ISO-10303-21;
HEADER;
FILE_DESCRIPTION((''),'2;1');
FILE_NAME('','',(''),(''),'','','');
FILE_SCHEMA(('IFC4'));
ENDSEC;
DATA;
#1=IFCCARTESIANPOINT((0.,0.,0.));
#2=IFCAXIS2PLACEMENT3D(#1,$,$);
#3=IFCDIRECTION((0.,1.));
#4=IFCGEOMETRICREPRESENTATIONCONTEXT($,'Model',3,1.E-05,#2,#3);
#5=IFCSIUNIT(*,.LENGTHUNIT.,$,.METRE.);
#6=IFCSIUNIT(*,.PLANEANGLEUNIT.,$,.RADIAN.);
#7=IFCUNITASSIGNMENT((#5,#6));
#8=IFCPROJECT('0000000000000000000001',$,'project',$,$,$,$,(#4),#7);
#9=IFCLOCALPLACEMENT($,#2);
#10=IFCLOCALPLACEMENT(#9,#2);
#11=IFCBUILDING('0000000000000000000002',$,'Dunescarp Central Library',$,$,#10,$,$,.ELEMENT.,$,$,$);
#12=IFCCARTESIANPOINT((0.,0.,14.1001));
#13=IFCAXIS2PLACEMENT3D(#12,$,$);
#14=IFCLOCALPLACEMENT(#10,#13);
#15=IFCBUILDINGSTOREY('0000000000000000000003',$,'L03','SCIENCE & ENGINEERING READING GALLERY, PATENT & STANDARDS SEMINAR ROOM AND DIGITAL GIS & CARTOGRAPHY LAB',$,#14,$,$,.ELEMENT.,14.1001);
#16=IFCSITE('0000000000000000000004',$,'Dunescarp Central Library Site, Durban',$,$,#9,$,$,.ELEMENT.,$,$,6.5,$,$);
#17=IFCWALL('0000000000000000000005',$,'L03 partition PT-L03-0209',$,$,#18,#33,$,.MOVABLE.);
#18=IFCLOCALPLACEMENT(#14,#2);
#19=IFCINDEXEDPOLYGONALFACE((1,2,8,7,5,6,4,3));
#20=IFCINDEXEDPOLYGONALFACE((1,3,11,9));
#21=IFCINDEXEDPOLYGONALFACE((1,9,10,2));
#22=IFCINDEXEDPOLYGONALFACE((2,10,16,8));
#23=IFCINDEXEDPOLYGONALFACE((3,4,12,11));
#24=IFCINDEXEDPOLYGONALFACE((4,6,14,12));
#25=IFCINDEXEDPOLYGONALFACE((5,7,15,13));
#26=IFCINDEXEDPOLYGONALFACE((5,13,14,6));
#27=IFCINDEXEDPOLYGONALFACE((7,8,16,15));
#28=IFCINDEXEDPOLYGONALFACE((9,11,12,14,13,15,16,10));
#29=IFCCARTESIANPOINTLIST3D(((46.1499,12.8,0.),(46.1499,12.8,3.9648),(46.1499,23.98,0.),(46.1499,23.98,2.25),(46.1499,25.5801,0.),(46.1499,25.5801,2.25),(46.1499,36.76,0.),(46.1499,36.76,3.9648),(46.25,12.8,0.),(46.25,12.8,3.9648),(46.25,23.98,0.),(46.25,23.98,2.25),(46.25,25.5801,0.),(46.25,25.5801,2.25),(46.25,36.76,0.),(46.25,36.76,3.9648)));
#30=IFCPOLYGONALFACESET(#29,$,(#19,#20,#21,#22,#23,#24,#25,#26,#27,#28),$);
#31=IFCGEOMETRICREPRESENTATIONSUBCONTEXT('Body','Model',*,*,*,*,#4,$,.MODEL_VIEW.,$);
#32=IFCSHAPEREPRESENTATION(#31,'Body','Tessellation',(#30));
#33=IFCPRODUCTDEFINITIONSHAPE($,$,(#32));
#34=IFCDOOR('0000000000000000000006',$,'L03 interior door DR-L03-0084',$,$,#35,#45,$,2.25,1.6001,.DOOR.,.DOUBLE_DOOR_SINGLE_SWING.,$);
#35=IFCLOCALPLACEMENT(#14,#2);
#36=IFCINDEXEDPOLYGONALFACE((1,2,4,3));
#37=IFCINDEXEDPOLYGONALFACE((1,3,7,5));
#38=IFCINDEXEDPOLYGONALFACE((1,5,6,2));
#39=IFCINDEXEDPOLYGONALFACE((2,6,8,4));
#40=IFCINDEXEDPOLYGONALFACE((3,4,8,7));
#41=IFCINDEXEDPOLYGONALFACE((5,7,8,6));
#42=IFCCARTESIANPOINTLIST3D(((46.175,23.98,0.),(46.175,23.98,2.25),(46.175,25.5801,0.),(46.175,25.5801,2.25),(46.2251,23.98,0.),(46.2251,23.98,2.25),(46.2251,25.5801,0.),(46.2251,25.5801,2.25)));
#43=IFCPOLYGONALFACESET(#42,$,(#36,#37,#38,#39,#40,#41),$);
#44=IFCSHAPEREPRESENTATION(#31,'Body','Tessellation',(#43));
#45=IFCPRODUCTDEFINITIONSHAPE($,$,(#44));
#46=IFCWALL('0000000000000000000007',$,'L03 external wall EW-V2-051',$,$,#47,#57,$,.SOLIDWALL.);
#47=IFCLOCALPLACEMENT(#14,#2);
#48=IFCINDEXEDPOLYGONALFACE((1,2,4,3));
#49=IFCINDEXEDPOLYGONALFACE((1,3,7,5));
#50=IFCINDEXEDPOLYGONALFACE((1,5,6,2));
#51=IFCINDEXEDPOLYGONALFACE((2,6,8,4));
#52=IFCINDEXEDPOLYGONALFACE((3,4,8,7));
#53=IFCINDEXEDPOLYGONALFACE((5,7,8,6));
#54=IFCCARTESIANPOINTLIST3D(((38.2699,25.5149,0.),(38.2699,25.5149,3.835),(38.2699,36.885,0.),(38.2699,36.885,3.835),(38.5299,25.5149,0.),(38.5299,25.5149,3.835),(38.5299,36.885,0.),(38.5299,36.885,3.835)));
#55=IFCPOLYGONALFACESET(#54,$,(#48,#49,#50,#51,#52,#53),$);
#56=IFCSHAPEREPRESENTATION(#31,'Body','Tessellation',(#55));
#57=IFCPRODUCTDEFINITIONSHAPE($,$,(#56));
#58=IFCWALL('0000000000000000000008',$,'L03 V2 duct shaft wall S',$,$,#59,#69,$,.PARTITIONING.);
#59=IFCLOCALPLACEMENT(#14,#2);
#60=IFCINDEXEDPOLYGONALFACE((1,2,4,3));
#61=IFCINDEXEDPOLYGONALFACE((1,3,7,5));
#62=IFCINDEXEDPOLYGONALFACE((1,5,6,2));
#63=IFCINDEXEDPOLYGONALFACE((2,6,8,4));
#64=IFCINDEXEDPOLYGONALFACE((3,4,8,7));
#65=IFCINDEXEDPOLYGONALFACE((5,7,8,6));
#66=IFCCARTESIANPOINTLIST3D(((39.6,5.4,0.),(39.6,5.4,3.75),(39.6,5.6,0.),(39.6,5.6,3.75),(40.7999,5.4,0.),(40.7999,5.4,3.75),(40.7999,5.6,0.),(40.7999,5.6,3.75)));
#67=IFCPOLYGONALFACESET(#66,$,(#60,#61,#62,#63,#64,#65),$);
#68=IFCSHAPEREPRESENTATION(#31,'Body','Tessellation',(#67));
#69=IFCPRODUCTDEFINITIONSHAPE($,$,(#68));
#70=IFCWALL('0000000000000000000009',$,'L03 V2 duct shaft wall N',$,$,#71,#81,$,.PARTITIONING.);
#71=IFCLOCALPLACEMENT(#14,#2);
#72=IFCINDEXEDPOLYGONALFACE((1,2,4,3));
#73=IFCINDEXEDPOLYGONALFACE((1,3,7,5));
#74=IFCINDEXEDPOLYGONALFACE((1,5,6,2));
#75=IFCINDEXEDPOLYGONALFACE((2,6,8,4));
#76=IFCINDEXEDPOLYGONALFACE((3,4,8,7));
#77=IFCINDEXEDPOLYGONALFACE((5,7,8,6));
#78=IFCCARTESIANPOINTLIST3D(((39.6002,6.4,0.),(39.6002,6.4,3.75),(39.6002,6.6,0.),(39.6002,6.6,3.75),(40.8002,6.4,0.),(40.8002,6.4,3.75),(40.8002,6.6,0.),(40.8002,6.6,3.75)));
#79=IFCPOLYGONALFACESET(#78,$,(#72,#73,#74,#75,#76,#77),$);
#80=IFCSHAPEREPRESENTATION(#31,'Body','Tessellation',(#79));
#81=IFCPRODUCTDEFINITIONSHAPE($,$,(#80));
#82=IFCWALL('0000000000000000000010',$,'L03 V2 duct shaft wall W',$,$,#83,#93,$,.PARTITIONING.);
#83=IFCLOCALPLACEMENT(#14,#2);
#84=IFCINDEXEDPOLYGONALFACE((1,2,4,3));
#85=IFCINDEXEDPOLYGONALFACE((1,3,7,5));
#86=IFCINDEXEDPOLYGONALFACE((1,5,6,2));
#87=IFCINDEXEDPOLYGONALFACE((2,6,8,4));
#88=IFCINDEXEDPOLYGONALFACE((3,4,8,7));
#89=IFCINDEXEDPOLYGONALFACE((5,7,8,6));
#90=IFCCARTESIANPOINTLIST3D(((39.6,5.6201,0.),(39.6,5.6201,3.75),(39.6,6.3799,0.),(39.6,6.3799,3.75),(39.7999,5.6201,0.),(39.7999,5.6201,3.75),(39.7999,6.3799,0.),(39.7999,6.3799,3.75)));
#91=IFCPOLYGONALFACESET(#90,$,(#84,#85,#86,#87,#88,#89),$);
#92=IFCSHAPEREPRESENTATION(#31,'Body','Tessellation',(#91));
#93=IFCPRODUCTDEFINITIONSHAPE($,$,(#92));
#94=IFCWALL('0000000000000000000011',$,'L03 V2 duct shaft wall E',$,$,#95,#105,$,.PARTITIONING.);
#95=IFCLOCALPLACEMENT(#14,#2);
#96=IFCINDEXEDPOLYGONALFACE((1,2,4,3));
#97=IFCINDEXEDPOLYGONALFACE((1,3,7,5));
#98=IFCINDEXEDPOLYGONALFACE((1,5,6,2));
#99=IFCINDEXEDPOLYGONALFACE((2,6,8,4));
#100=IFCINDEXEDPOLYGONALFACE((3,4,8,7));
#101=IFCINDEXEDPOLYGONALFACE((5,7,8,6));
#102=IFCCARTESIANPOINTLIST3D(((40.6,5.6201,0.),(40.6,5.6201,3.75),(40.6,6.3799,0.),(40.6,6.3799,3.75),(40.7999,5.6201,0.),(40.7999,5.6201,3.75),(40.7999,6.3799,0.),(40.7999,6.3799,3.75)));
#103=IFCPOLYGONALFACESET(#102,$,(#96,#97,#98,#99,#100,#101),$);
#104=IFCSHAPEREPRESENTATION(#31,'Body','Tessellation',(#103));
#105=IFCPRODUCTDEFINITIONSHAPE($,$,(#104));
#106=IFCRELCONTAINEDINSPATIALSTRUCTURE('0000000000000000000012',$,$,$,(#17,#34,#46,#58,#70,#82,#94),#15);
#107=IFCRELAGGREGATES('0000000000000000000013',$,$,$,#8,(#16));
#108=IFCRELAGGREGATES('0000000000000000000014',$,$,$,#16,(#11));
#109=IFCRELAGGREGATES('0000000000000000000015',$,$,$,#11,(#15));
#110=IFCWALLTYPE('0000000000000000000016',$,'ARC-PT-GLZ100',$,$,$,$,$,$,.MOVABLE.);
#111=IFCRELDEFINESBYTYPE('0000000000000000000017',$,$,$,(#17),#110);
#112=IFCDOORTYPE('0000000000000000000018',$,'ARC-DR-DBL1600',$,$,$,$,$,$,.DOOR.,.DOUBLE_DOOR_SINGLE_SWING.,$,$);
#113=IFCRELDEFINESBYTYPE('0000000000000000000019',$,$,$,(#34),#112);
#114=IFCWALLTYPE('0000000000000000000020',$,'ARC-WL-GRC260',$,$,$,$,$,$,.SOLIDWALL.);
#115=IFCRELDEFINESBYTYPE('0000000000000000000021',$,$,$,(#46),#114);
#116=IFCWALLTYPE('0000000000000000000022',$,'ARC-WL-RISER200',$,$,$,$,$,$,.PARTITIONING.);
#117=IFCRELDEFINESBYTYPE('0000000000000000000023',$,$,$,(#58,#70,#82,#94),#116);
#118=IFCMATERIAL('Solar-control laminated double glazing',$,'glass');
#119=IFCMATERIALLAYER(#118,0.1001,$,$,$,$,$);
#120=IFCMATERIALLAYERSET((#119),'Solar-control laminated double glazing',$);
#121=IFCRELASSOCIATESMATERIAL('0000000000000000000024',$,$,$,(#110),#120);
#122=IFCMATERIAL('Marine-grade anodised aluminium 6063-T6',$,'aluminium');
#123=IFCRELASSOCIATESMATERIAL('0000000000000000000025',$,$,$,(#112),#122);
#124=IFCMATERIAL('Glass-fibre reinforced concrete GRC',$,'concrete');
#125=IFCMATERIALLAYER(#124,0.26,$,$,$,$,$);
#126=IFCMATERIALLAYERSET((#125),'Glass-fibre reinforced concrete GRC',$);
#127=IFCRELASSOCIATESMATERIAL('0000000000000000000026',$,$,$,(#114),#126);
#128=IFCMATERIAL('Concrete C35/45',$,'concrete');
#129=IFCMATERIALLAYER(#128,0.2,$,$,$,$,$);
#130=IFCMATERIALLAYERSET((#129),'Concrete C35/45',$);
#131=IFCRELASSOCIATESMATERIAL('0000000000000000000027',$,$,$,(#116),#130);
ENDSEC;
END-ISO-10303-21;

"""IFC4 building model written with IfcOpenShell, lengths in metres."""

from ifc_helpers import new_model, si_unit, direction, frame, frame_2d, origin, place, context, subcontext, project, spatial, rectangle, extrude, material, layer, layer_set, type_object, element, fill, save


model = new_model("IFC4")

# Units and contexts
model_context = context("Model", 3, precision=1e-05, world=origin(), true_north=direction((0.0, 1.0)))
body_context = subcontext(model_context, "Body", "Model", "MODEL_VIEW")
ifc_project = project(units=[si_unit("LENGTHUNIT", "METRE"), si_unit("PLANEANGLEUNIT", "RADIAN")], contexts=[model_context])

# Site, building, storey
site_placement = place(None, origin())
site = spatial("IfcSite", under=ifc_project, at=site_placement, Name="Dunescarp Central Library Site, Durban", CompositionType="ELEMENT", RefElevation=6.5)
building_placement = place(site_placement, origin())
building = spatial("IfcBuilding", under=site, at=building_placement, Name="Dunescarp Central Library", CompositionType="ELEMENT")
storey_placement = place(building_placement, frame((0.0, 0.0, 14.1001)))
storey = spatial("IfcBuildingStorey", under=building, at=storey_placement, Name="L03", Description="SCIENCE & ENGINEERING READING GALLERY, PATENT & STANDARDS SEMINAR ROOM AND DIGITAL GIS & CARTOGRAPHY LAB", CompositionType="ELEMENT", Elevation=14.1001)

# Wall, opening, door
ifc_material_1 = material(Name="Solar-control laminated double glazing", Category="glass")
ifc_layer_1 = layer(ifc_material_1, 0.1001)
ifc_layer_set_1 = layer_set([ifc_layer_1], Name="Solar-control laminated double glazing")
wall_type_1 = type_object("IfcWallType", Name="ARC-PT-GLZ100", PredefinedType="MOVABLE", material=ifc_layer_set_1)
wall_1_placement = place(storey_placement, frame((46.2, 12.8, 0.0), z_axis=(0.0, 0.0, 1.0), x_axis=(0.0, 1.0, 0.0)))
wall_1 = element("IfcWall", 1, at=wall_1_placement, inside=storey, type_object=wall_type_1, Name="L03 partition PT-L03-0209", PredefinedType="MOVABLE", context=body_context, shape_type="SweptSolid", body=[
    extrude(rectangle(XDim=23.96, YDim=0.1001, at=frame_2d((11.98, 0.0))), origin(), (0.0, 0.0, 1.0), 3.9648),
])
opening_1_placement = place(wall_1_placement, frame((11.1799, 0.0, 0.0)))
opening_1 = element("IfcOpeningElement", 2, at=opening_1_placement, cuts=wall_1, PredefinedType="OPENING", context=body_context, shape_type="SweptSolid", body=[
    extrude(rectangle(XDim=1.6001, YDim=2.25, at=frame_2d((0.8, 1.125))), frame((0.0, 0.0601, 0.0), z_axis=(0.0, -1.0, 0.0), x_axis=(1.0, 0.0, 0.0)), (0.0, 0.0, 1.0), 0.1201),
])
ifc_material_2 = material(Name="Marine-grade anodised aluminium 6063-T6", Category="aluminium")
door_type_1 = type_object("IfcDoorType", Name="ARC-DR-DBL1600", OperationType="DOUBLE_DOOR_SINGLE_SWING", PredefinedType="DOOR", material=ifc_material_2)
door_1_placement = place(opening_1_placement, origin())
door_1 = element("IfcDoor", 3, at=door_1_placement, inside=storey, type_object=door_type_1, Name="L03 interior door DR-L03-0084", OperationType="DOUBLE_DOOR_SINGLE_SWING", OverallHeight=2.25, OverallWidth=1.6001, PredefinedType="DOOR", context=body_context, shape_type="SweptSolid", body=[
    extrude(rectangle(XDim=1.6001, YDim=2.25, at=frame_2d((0.8, 1.125))), frame((0.0, 0.0249, 0.0), z_axis=(0.0, -1.0, 0.0), x_axis=(1.0, 0.0, 0.0)), (0.0, 0.0, 1.0), 0.05),
])
fill(opening_1, door_1)

# Walls
ifc_material_3 = material(Name="Glass-fibre reinforced concrete GRC", Category="concrete")
ifc_layer_2 = layer(ifc_material_3, 0.26)
ifc_layer_set_2 = layer_set([ifc_layer_2], Name="Glass-fibre reinforced concrete GRC")
wall_type_2 = type_object("IfcWallType", Name="ARC-WL-GRC260", PredefinedType="SOLIDWALL", material=ifc_layer_set_2)
wall_2_placement = place(storey_placement, frame((38.3999, 25.5149, 0.0), z_axis=(0.0, 0.0, 1.0), x_axis=(0.0, 1.0, 0.0)))
element("IfcWall", 4, at=wall_2_placement, inside=storey, type_object=wall_type_2, Name="L03 external wall EW-V2-051", PredefinedType="SOLIDWALL", context=body_context, shape_type="SweptSolid", body=[
    extrude(rectangle(XDim=11.3701, YDim=0.26, at=frame_2d((5.6851, 0.0))), origin(), (0.0, 0.0, 1.0), 3.835),
])
ifc_material_4 = material(Name="Concrete C35/45", Category="concrete")
ifc_layer_3 = layer(ifc_material_4, 0.2)
ifc_layer_set_3 = layer_set([ifc_layer_3], Name="Concrete C35/45")
wall_type_3 = type_object("IfcWallType", Name="ARC-WL-RISER200", PredefinedType="PARTITIONING", material=ifc_layer_set_3)
for number, where, z_axis, x_axis, name in (
    (5, (40.8, 5.5, 0.0), (0.0, 0.0, 1.0), (-1.0, 0.0, 0.0), "L03 V2 duct shaft wall S"),
    (6, (39.6001, 6.5, 0.0), (0.0, 0.0, 1.0), (1.0, 0.0, 0.0), "L03 V2 duct shaft wall N"),
):
    element("IfcWall", number, at=place(storey_placement, frame(where, z_axis=z_axis, x_axis=x_axis)), inside=storey, type_object=wall_type_3, Name=name, PredefinedType="PARTITIONING", context=body_context, shape_type="SweptSolid", body=[
        extrude(rectangle(XDim=1.2, YDim=0.2, at=frame_2d((0.6001, 0.0))), origin(), (0.0, 0.0, 1.0), 3.75),
    ])
for number, where, z_axis, x_axis, name in (
    (7, (39.7, 5.6201, 0.0), (0.0, 0.0, 1.0), (0.0, 1.0, 0.0), "L03 V2 duct shaft wall W"),
    (8, (40.7, 6.3799, 0.0), (0.0, 0.0, 1.0), (0.0, -1.0, 0.0), "L03 V2 duct shaft wall E"),
):
    element("IfcWall", number, at=place(storey_placement, frame(where, z_axis=z_axis, x_axis=x_axis)), inside=storey, type_object=wall_type_3, Name=name, PredefinedType="PARTITIONING", context=body_context, shape_type="SweptSolid", body=[
        extrude(rectangle(XDim=0.7598, YDim=0.2, at=frame_2d((0.3799, 0.0))), origin(), (0.0, 0.0, 1.0), 3.75),
    ])

save(model, "model.ifc")
